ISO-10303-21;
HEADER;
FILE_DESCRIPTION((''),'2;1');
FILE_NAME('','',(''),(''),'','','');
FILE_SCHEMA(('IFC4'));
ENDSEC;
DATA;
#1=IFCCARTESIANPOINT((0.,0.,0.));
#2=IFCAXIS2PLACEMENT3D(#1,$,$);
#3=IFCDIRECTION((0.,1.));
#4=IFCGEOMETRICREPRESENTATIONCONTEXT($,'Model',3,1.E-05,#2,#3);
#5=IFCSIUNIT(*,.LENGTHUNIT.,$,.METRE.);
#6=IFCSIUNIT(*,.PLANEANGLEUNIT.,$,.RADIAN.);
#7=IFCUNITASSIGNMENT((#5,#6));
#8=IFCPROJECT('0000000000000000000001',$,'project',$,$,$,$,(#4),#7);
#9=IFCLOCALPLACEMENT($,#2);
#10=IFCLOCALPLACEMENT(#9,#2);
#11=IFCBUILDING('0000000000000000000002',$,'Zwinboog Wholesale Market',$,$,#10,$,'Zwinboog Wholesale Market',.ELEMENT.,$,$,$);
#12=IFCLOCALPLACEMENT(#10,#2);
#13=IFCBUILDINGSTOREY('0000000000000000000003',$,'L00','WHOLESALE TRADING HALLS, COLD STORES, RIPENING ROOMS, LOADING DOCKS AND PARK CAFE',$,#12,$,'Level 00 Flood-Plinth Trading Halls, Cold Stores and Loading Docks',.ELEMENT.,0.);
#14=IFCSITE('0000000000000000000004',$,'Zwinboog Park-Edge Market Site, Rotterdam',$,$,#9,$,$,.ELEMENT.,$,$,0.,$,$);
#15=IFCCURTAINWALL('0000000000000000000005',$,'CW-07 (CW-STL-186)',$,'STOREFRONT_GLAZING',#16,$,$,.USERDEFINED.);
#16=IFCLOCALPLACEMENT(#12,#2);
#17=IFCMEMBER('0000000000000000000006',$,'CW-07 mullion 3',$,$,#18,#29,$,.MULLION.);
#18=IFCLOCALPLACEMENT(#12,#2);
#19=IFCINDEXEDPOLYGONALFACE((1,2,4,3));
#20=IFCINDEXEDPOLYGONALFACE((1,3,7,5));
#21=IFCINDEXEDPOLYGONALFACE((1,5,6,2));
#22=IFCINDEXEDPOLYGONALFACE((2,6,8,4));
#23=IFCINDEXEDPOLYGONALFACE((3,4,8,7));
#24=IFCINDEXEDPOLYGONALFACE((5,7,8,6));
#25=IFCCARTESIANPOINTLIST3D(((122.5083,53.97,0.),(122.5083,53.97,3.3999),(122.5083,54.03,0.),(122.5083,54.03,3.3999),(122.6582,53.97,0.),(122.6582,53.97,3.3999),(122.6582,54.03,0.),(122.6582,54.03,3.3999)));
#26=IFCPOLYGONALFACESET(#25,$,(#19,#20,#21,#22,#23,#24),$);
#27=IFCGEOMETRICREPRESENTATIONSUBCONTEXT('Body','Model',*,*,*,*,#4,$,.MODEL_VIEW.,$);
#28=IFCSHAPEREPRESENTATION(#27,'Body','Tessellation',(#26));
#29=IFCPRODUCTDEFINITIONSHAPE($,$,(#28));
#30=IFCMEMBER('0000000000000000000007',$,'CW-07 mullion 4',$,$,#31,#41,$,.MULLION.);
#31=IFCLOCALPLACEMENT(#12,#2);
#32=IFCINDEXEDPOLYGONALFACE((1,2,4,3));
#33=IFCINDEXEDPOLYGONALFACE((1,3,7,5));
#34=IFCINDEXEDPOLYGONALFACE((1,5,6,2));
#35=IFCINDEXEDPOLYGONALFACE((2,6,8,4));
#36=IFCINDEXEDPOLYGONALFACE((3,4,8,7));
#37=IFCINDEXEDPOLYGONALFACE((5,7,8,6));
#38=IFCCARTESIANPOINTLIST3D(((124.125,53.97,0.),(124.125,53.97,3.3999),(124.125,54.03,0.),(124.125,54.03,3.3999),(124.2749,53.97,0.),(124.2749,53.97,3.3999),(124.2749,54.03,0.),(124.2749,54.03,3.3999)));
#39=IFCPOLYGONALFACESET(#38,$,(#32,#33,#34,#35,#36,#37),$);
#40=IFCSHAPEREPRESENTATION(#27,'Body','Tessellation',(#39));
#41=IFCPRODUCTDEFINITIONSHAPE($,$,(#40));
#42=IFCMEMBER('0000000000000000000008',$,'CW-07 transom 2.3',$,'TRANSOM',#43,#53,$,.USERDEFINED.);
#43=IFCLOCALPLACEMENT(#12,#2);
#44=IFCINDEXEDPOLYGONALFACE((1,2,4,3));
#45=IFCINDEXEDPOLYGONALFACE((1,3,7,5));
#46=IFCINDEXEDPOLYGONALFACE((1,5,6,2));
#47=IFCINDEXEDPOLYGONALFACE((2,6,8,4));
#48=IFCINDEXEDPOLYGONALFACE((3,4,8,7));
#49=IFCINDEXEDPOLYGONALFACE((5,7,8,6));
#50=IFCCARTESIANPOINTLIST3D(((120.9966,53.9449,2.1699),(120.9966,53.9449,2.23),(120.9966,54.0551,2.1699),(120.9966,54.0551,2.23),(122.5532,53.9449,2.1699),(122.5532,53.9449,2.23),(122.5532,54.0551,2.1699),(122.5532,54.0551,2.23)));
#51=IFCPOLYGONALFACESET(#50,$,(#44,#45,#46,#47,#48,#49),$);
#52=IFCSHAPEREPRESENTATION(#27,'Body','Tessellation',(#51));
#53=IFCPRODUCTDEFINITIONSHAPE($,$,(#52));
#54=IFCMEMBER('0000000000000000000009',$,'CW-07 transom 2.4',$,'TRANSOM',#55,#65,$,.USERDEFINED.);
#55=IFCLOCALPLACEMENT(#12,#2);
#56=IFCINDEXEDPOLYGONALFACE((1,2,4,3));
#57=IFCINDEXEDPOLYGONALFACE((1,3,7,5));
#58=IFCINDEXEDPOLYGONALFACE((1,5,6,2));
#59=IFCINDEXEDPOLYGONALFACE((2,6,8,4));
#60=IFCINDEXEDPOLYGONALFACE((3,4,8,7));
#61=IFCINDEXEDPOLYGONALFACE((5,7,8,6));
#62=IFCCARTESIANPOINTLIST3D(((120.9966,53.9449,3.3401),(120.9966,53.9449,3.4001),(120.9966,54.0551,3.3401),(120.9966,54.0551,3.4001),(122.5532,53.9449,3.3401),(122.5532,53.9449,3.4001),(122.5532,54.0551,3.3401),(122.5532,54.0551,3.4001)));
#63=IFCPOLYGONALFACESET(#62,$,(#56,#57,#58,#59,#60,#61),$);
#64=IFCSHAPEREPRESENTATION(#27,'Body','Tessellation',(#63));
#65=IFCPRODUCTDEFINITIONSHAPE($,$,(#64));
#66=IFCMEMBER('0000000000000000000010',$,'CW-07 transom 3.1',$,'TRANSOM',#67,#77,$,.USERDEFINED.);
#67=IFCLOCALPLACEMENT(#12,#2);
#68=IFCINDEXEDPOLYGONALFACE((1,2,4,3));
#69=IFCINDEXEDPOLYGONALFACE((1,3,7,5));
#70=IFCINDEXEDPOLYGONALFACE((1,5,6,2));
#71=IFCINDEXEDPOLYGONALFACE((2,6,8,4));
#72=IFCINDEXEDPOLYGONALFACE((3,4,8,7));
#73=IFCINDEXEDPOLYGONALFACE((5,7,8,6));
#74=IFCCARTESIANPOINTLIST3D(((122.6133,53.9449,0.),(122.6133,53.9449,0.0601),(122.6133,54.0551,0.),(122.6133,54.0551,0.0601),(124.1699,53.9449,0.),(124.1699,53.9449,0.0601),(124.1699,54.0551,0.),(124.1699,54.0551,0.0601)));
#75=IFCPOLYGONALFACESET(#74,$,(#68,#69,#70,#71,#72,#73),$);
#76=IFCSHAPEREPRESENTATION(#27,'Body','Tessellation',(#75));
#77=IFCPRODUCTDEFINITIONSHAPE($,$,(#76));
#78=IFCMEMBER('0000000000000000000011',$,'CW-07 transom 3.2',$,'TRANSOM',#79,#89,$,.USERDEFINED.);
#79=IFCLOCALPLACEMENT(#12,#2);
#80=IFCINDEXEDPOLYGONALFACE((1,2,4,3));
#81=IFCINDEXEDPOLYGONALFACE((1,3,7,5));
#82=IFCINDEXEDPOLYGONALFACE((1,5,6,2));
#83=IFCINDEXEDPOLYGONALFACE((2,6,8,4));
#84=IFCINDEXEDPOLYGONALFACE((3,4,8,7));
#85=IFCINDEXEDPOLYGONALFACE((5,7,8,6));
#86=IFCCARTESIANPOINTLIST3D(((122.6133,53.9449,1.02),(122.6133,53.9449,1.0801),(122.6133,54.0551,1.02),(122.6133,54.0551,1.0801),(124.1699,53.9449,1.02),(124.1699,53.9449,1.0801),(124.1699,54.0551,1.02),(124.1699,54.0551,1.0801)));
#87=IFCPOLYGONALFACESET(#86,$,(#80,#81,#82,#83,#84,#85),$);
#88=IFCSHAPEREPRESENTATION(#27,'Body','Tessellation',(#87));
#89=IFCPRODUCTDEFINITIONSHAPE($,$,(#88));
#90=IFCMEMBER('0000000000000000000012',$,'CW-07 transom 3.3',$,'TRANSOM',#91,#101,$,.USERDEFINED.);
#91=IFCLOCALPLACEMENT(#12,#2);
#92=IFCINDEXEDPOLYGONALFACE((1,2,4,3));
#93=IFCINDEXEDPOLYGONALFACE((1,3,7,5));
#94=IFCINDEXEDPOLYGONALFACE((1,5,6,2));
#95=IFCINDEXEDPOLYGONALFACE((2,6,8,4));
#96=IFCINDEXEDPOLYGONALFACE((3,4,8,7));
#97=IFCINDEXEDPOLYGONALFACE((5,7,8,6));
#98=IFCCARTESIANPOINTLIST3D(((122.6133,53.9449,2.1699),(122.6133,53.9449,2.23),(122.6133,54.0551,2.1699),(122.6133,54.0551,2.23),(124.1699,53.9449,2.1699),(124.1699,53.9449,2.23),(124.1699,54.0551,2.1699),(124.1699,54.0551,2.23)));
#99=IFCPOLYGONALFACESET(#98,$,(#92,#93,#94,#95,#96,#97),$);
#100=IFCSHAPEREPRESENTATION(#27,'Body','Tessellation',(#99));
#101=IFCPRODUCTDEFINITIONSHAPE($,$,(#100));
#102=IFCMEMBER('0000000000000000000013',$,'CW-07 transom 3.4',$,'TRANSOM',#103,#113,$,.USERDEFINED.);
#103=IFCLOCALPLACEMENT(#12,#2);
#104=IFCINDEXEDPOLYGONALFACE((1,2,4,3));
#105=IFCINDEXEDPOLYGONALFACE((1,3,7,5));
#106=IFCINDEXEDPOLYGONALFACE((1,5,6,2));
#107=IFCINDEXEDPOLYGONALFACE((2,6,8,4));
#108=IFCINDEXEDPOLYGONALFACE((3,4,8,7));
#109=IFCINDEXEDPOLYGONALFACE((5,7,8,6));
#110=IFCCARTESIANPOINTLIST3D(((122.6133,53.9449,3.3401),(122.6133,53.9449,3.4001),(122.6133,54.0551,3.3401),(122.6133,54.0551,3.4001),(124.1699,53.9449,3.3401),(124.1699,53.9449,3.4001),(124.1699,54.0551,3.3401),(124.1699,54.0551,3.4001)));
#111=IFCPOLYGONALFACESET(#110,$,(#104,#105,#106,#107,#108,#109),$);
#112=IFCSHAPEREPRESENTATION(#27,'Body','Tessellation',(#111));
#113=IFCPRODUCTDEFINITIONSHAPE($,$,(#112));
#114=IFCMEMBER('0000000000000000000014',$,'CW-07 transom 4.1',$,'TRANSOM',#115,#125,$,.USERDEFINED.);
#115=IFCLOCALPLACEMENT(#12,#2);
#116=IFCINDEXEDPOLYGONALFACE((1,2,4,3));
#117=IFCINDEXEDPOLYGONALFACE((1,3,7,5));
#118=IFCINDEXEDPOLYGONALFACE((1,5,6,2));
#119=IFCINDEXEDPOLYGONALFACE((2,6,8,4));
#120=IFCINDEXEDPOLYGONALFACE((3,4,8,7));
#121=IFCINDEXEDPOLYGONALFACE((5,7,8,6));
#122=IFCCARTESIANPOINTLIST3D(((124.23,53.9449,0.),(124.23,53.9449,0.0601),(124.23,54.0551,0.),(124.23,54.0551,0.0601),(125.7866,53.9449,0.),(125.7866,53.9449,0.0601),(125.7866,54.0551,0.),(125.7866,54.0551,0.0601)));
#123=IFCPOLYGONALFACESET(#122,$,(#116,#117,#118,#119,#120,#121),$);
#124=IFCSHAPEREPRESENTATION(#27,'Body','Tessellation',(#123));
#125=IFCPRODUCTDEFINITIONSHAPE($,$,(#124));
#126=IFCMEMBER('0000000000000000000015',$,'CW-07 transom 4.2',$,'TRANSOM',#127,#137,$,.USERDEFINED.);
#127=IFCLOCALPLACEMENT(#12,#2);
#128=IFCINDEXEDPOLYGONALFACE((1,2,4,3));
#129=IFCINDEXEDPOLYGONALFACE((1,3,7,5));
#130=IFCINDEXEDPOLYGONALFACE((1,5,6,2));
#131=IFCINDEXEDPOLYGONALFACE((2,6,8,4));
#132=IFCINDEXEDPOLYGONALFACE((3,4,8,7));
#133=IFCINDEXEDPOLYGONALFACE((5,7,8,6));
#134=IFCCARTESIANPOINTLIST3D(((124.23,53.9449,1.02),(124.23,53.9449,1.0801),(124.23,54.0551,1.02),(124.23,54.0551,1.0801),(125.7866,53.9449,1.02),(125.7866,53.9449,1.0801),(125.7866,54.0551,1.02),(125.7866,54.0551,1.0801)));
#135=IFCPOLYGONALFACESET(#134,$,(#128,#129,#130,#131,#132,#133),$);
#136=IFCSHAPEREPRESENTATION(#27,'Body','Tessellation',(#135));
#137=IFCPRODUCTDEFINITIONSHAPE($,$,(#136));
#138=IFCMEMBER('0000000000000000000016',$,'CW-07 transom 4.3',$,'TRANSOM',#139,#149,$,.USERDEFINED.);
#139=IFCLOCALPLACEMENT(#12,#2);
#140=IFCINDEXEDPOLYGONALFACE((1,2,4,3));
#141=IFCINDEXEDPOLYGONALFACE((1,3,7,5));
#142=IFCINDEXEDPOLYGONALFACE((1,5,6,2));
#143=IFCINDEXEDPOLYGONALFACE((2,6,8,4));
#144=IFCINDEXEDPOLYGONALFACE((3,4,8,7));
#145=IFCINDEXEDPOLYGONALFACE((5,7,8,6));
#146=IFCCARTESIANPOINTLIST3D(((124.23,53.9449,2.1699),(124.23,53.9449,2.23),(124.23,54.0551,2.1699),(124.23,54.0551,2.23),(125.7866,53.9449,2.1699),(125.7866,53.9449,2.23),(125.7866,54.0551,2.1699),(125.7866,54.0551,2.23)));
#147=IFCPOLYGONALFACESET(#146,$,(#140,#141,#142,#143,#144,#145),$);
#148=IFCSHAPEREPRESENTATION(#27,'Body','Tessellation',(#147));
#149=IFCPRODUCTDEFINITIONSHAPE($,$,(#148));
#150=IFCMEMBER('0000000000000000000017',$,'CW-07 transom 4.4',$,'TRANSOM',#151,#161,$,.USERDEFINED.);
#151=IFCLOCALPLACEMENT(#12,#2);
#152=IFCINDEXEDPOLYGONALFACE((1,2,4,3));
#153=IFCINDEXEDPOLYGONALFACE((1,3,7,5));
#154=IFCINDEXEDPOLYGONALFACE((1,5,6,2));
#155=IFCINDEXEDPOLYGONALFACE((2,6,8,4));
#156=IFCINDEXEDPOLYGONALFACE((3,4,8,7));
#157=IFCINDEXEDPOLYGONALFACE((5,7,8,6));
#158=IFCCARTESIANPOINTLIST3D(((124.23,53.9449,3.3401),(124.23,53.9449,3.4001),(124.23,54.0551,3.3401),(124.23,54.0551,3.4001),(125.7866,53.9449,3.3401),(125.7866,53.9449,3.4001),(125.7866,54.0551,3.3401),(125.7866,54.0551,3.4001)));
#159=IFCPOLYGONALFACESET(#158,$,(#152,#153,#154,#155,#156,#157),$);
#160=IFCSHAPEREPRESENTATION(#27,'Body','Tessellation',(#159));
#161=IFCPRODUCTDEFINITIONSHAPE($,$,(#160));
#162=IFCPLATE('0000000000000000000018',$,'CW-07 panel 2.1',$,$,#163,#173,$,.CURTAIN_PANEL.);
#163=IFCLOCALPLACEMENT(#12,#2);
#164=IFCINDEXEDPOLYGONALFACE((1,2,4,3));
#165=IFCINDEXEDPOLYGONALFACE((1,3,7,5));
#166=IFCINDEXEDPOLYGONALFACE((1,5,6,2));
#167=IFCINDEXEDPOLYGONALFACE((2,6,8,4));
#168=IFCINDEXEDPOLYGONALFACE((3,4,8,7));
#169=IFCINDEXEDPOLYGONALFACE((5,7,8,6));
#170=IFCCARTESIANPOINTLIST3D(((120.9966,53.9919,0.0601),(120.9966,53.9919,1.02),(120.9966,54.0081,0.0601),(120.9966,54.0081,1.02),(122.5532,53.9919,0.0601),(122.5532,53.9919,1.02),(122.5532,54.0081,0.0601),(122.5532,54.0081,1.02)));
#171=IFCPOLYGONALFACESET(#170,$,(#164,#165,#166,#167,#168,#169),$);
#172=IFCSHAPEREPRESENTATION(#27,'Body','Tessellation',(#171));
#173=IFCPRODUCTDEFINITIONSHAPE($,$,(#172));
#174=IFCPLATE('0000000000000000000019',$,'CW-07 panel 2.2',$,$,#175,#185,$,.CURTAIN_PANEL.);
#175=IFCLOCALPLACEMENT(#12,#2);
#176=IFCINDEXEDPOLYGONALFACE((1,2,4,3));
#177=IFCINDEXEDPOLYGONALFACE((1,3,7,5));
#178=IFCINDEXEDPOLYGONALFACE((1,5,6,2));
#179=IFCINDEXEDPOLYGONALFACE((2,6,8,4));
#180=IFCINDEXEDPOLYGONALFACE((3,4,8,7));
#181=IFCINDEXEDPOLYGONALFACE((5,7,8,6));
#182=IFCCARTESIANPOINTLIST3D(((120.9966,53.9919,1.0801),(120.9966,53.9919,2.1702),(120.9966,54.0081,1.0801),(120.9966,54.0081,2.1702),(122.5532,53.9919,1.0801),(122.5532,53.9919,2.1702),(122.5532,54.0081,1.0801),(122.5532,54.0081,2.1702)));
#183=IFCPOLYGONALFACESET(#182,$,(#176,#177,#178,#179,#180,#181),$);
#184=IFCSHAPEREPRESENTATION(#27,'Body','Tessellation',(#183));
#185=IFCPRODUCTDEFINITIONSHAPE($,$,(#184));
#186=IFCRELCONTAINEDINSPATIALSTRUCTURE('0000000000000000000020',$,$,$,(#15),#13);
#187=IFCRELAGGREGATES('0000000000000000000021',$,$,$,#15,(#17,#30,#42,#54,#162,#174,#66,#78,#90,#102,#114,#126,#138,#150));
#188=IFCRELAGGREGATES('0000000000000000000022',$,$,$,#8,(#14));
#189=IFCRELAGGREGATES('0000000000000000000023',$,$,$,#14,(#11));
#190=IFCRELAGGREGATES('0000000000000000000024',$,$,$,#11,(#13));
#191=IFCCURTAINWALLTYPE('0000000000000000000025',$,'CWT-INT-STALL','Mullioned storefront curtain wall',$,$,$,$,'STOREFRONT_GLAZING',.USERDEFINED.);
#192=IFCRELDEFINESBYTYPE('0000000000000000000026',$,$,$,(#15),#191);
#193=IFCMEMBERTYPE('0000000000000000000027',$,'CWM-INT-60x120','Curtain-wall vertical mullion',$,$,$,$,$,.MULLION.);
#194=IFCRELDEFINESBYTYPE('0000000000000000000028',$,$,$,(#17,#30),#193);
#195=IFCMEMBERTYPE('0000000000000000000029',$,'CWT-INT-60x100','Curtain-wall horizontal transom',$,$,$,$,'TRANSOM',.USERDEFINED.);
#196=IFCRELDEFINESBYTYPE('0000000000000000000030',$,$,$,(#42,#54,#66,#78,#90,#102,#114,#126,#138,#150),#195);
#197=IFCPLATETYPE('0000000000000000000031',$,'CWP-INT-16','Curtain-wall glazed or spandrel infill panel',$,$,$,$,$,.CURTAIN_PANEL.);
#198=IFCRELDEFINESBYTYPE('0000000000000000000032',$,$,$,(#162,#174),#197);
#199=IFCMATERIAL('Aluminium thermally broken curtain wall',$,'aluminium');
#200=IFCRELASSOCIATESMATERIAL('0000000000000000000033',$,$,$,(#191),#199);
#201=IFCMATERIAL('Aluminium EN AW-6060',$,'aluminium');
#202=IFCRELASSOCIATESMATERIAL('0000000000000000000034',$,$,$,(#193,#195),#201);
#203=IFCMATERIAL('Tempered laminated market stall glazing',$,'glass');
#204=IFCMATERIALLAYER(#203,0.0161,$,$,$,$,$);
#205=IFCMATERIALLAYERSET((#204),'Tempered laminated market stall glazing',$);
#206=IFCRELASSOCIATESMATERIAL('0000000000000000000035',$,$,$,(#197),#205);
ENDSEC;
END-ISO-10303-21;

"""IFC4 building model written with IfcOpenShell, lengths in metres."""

from ifc_helpers import new_model, si_unit, direction, frame, origin, origin_2d, place, context, subcontext, project, spatial, rectangle, extrude, material, layer, layer_set, material_profile, profile_set, type_object, element, aggregate, save


model = new_model("IFC4")

# Units and contexts
model_context = context("Model", 3, precision=1e-05, world=origin(), true_north=direction((0.0, 1.0)))
body_context = subcontext(model_context, "Body", "Model", "MODEL_VIEW")
ifc_project = project(units=[si_unit("LENGTHUNIT", "METRE"), si_unit("PLANEANGLEUNIT", "RADIAN")], contexts=[model_context])

# Site, building, storey
site_placement = place(None, origin())
site = spatial("IfcSite", under=ifc_project, at=site_placement, Name="Zwinboog Park-Edge Market Site, Rotterdam", CompositionType="ELEMENT", RefElevation=0.0)
building_placement = place(site_placement, origin())
building = spatial("IfcBuilding", under=site, at=building_placement, Name="Zwinboog Wholesale Market", LongName="Zwinboog Wholesale Market", CompositionType="ELEMENT")
storey_placement = place(building_placement, origin())
storey = spatial("IfcBuildingStorey", under=building, at=storey_placement, Name="L00", Description="WHOLESALE TRADING HALLS, COLD STORES, RIPENING ROOMS, LOADING DOCKS AND PARK CAFE", LongName="Level 00 Flood-Plinth Trading Halls, Cold Stores and Loading Docks", CompositionType="ELEMENT", Elevation=0.0)

# Curtain wall, members, plates
ifc_material_1 = material(Name="Aluminium thermally broken curtain wall", Category="aluminium")
curtain_wall_type = type_object("IfcCurtainWallType", Name="CWT-INT-STALL", Description="Mullioned storefront curtain wall", ElementType="STOREFRONT_GLAZING", PredefinedType="USERDEFINED", material=ifc_material_1)
curtain_wall_placement = place(storey_placement, origin())
curtain_wall = element("IfcCurtainWall", 1, at=curtain_wall_placement, inside=storey, type_object=curtain_wall_type, Name="CW-07 (CW-STL-186)", ObjectType="STOREFRONT_GLAZING", PredefinedType="USERDEFINED")
ifc_material_2 = material(Name="Aluminium EN AW-6060", Category="aluminium")
ifc_material_profile_1 = material_profile(ifc_material_2, rectangle(XDim=0.0601, YDim=0.1499, at=origin_2d()), Name="AL 60x150")
ifc_profile_set_1 = profile_set([ifc_material_profile_1], Name="Aluminium EN AW-6060")
member_type_1 = type_object("IfcMemberType", Name="CWM-INT-60x120", Description="Curtain-wall vertical mullion", PredefinedType="MULLION", material=ifc_profile_set_1)
member_1_placement = place(storey_placement, frame((122.5833, 54.0, 0.0), z_axis=(0.0, 0.0, 1.0), x_axis=(0.0, 1.0, 0.0)))
member_1 = element("IfcMember", 2, at=member_1_placement, type_object=member_type_1, Name="CW-07 mullion 3", PredefinedType="MULLION", context=body_context, shape_type="SweptSolid", body=[
    extrude(rectangle(XDim=0.0601, YDim=0.1499, at=origin_2d()), origin(), (0.0, 0.0, 1.0), 3.3999),
])
member_2_placement = place(storey_placement, frame((124.2, 54.0, 0.0), z_axis=(0.0, 0.0, 1.0), x_axis=(0.0, 1.0, 0.0)))
member_2 = element("IfcMember", 3, at=member_2_placement, type_object=member_type_1, Name="CW-07 mullion 4", PredefinedType="MULLION", context=body_context, shape_type="SweptSolid", body=[
    extrude(rectangle(XDim=0.0601, YDim=0.1499, at=origin_2d()), origin(), (0.0, 0.0, 1.0), 3.3999),
])
ifc_material_profile_2 = material_profile(ifc_material_2, rectangle(XDim=0.1101, YDim=0.0601, at=origin_2d()), Name="AL 60x110")
ifc_profile_set_2 = profile_set([ifc_material_profile_2], Name="Aluminium EN AW-6060")
member_type_2 = type_object("IfcMemberType", Name="CWT-INT-60x100", Description="Curtain-wall horizontal transom", ElementType="TRANSOM", PredefinedType="USERDEFINED", material=ifc_profile_set_2)
member_3_placement = place(storey_placement, frame((120.9966, 54.0, 2.2), z_axis=(1.0, 0.0, 0.0), x_axis=(0.0, 1.0, 0.0)))
member_3 = element("IfcMember", 4, at=member_3_placement, type_object=member_type_2, Name="CW-07 transom 2.3", ObjectType="TRANSOM", PredefinedType="USERDEFINED", context=body_context, shape_type="SweptSolid", body=[
    extrude(rectangle(XDim=0.1101, YDim=0.0601, at=origin_2d()), origin(), (0.0, 0.0, 1.0), 1.5566),
])
member_4_placement = place(storey_placement, frame((120.9966, 54.0, 3.3701), z_axis=(1.0, 0.0, 0.0), x_axis=(0.0, 1.0, 0.0)))
member_4 = element("IfcMember", 5, at=member_4_placement, type_object=member_type_2, Name="CW-07 transom 2.4", ObjectType="TRANSOM", PredefinedType="USERDEFINED", context=body_context, shape_type="SweptSolid", body=[
    extrude(rectangle(XDim=0.1101, YDim=0.0601, at=origin_2d()), origin(), (0.0, 0.0, 1.0), 1.5566),
])
member_5_placement = place(storey_placement, frame((122.6133, 54.0, 0.03), z_axis=(1.0, 0.0, 0.0), x_axis=(0.0, 1.0, 0.0)))
member_5 = element("IfcMember", 6, at=member_5_placement, type_object=member_type_2, Name="CW-07 transom 3.1", ObjectType="TRANSOM", PredefinedType="USERDEFINED", context=body_context, shape_type="SweptSolid", body=[
    extrude(rectangle(XDim=0.1101, YDim=0.0601, at=origin_2d()), origin(), (0.0, 0.0, 1.0), 1.5566),
])
member_6_placement = place(storey_placement, frame((122.6133, 54.0, 1.05), z_axis=(1.0, 0.0, 0.0), x_axis=(0.0, 1.0, 0.0)))
member_6 = element("IfcMember", 7, at=member_6_placement, type_object=member_type_2, Name="CW-07 transom 3.2", ObjectType="TRANSOM", PredefinedType="USERDEFINED", context=body_context, shape_type="SweptSolid", body=[
    extrude(rectangle(XDim=0.1101, YDim=0.0601, at=origin_2d()), origin(), (0.0, 0.0, 1.0), 1.5566),
])
member_7_placement = place(storey_placement, frame((122.6133, 54.0, 2.2), z_axis=(1.0, 0.0, 0.0), x_axis=(0.0, 1.0, 0.0)))
member_7 = element("IfcMember", 8, at=member_7_placement, type_object=member_type_2, Name="CW-07 transom 3.3", ObjectType="TRANSOM", PredefinedType="USERDEFINED", context=body_context, shape_type="SweptSolid", body=[
    extrude(rectangle(XDim=0.1101, YDim=0.0601, at=origin_2d()), origin(), (0.0, 0.0, 1.0), 1.5566),
])
member_8_placement = place(storey_placement, frame((122.6133, 54.0, 3.3701), z_axis=(1.0, 0.0, 0.0), x_axis=(0.0, 1.0, 0.0)))
member_8 = element("IfcMember", 9, at=member_8_placement, type_object=member_type_2, Name="CW-07 transom 3.4", ObjectType="TRANSOM", PredefinedType="USERDEFINED", context=body_context, shape_type="SweptSolid", body=[
    extrude(rectangle(XDim=0.1101, YDim=0.0601, at=origin_2d()), origin(), (0.0, 0.0, 1.0), 1.5566),
])
member_9_placement = place(storey_placement, frame((124.23, 54.0, 0.03), z_axis=(1.0, 0.0, 0.0), x_axis=(0.0, 1.0, 0.0)))
member_9 = element("IfcMember", 10, at=member_9_placement, type_object=member_type_2, Name="CW-07 transom 4.1", ObjectType="TRANSOM", PredefinedType="USERDEFINED", context=body_context, shape_type="SweptSolid", body=[
    extrude(rectangle(XDim=0.1101, YDim=0.0601, at=origin_2d()), origin(), (0.0, 0.0, 1.0), 1.5566),
])
member_10_placement = place(storey_placement, frame((124.23, 54.0, 1.05), z_axis=(1.0, 0.0, 0.0), x_axis=(0.0, 1.0, 0.0)))
member_10 = element("IfcMember", 11, at=member_10_placement, type_object=member_type_2, Name="CW-07 transom 4.2", ObjectType="TRANSOM", PredefinedType="USERDEFINED", context=body_context, shape_type="SweptSolid", body=[
    extrude(rectangle(XDim=0.1101, YDim=0.0601, at=origin_2d()), origin(), (0.0, 0.0, 1.0), 1.5566),
])
member_11_placement = place(storey_placement, frame((124.23, 54.0, 2.2), z_axis=(1.0, 0.0, 0.0), x_axis=(0.0, 1.0, 0.0)))
member_11 = element("IfcMember", 12, at=member_11_placement, type_object=member_type_2, Name="CW-07 transom 4.3", ObjectType="TRANSOM", PredefinedType="USERDEFINED", context=body_context, shape_type="SweptSolid", body=[
    extrude(rectangle(XDim=0.1101, YDim=0.0601, at=origin_2d()), origin(), (0.0, 0.0, 1.0), 1.5566),
])
member_12_placement = place(storey_placement, frame((124.23, 54.0, 3.3701), z_axis=(1.0, 0.0, 0.0), x_axis=(0.0, 1.0, 0.0)))
member_12 = element("IfcMember", 13, at=member_12_placement, type_object=member_type_2, Name="CW-07 transom 4.4", ObjectType="TRANSOM", PredefinedType="USERDEFINED", context=body_context, shape_type="SweptSolid", body=[
    extrude(rectangle(XDim=0.1101, YDim=0.0601, at=origin_2d()), origin(), (0.0, 0.0, 1.0), 1.5566),
])
ifc_material_3 = material(Name="Tempered laminated market stall glazing", Category="glass")
ifc_layer = layer(ifc_material_3, 0.0161)
ifc_layer_set = layer_set([ifc_layer], Name="Tempered laminated market stall glazing")
plate_type = type_object("IfcPlateType", Name="CWP-INT-16", Description="Curtain-wall glazed or spandrel infill panel", PredefinedType="CURTAIN_PANEL", material=ifc_layer_set)
plate_1_placement = place(storey_placement, frame((121.7749, 54.0, 0.0601), z_axis=(0.0, 0.0, 1.0), x_axis=(1.0, 0.0, 0.0)))
plate_1 = element("IfcPlate", 14, at=plate_1_placement, type_object=plate_type, Name="CW-07 panel 2.1", PredefinedType="CURTAIN_PANEL", context=body_context, shape_type="SweptSolid", body=[
    extrude(rectangle(XDim=1.5566, YDim=0.0161, at=origin_2d()), origin(), (0.0, 0.0, 1.0), 0.96),
])
plate_2_placement = place(storey_placement, frame((121.7749, 54.0, 1.0801), z_axis=(0.0, 0.0, 1.0), x_axis=(1.0, 0.0, 0.0)))
plate_2 = element("IfcPlate", 15, at=plate_2_placement, type_object=plate_type, Name="CW-07 panel 2.2", PredefinedType="CURTAIN_PANEL", context=body_context, shape_type="SweptSolid", body=[
    extrude(rectangle(XDim=1.5566, YDim=0.0161, at=origin_2d()), origin(), (0.0, 0.0, 1.0), 1.0901),
])
aggregate(curtain_wall, [member_1, member_2, member_3, member_4, plate_1, plate_2, member_5, member_6, member_7, member_8, member_9, member_10, member_11, member_12])

save(model, "model.ifc")
